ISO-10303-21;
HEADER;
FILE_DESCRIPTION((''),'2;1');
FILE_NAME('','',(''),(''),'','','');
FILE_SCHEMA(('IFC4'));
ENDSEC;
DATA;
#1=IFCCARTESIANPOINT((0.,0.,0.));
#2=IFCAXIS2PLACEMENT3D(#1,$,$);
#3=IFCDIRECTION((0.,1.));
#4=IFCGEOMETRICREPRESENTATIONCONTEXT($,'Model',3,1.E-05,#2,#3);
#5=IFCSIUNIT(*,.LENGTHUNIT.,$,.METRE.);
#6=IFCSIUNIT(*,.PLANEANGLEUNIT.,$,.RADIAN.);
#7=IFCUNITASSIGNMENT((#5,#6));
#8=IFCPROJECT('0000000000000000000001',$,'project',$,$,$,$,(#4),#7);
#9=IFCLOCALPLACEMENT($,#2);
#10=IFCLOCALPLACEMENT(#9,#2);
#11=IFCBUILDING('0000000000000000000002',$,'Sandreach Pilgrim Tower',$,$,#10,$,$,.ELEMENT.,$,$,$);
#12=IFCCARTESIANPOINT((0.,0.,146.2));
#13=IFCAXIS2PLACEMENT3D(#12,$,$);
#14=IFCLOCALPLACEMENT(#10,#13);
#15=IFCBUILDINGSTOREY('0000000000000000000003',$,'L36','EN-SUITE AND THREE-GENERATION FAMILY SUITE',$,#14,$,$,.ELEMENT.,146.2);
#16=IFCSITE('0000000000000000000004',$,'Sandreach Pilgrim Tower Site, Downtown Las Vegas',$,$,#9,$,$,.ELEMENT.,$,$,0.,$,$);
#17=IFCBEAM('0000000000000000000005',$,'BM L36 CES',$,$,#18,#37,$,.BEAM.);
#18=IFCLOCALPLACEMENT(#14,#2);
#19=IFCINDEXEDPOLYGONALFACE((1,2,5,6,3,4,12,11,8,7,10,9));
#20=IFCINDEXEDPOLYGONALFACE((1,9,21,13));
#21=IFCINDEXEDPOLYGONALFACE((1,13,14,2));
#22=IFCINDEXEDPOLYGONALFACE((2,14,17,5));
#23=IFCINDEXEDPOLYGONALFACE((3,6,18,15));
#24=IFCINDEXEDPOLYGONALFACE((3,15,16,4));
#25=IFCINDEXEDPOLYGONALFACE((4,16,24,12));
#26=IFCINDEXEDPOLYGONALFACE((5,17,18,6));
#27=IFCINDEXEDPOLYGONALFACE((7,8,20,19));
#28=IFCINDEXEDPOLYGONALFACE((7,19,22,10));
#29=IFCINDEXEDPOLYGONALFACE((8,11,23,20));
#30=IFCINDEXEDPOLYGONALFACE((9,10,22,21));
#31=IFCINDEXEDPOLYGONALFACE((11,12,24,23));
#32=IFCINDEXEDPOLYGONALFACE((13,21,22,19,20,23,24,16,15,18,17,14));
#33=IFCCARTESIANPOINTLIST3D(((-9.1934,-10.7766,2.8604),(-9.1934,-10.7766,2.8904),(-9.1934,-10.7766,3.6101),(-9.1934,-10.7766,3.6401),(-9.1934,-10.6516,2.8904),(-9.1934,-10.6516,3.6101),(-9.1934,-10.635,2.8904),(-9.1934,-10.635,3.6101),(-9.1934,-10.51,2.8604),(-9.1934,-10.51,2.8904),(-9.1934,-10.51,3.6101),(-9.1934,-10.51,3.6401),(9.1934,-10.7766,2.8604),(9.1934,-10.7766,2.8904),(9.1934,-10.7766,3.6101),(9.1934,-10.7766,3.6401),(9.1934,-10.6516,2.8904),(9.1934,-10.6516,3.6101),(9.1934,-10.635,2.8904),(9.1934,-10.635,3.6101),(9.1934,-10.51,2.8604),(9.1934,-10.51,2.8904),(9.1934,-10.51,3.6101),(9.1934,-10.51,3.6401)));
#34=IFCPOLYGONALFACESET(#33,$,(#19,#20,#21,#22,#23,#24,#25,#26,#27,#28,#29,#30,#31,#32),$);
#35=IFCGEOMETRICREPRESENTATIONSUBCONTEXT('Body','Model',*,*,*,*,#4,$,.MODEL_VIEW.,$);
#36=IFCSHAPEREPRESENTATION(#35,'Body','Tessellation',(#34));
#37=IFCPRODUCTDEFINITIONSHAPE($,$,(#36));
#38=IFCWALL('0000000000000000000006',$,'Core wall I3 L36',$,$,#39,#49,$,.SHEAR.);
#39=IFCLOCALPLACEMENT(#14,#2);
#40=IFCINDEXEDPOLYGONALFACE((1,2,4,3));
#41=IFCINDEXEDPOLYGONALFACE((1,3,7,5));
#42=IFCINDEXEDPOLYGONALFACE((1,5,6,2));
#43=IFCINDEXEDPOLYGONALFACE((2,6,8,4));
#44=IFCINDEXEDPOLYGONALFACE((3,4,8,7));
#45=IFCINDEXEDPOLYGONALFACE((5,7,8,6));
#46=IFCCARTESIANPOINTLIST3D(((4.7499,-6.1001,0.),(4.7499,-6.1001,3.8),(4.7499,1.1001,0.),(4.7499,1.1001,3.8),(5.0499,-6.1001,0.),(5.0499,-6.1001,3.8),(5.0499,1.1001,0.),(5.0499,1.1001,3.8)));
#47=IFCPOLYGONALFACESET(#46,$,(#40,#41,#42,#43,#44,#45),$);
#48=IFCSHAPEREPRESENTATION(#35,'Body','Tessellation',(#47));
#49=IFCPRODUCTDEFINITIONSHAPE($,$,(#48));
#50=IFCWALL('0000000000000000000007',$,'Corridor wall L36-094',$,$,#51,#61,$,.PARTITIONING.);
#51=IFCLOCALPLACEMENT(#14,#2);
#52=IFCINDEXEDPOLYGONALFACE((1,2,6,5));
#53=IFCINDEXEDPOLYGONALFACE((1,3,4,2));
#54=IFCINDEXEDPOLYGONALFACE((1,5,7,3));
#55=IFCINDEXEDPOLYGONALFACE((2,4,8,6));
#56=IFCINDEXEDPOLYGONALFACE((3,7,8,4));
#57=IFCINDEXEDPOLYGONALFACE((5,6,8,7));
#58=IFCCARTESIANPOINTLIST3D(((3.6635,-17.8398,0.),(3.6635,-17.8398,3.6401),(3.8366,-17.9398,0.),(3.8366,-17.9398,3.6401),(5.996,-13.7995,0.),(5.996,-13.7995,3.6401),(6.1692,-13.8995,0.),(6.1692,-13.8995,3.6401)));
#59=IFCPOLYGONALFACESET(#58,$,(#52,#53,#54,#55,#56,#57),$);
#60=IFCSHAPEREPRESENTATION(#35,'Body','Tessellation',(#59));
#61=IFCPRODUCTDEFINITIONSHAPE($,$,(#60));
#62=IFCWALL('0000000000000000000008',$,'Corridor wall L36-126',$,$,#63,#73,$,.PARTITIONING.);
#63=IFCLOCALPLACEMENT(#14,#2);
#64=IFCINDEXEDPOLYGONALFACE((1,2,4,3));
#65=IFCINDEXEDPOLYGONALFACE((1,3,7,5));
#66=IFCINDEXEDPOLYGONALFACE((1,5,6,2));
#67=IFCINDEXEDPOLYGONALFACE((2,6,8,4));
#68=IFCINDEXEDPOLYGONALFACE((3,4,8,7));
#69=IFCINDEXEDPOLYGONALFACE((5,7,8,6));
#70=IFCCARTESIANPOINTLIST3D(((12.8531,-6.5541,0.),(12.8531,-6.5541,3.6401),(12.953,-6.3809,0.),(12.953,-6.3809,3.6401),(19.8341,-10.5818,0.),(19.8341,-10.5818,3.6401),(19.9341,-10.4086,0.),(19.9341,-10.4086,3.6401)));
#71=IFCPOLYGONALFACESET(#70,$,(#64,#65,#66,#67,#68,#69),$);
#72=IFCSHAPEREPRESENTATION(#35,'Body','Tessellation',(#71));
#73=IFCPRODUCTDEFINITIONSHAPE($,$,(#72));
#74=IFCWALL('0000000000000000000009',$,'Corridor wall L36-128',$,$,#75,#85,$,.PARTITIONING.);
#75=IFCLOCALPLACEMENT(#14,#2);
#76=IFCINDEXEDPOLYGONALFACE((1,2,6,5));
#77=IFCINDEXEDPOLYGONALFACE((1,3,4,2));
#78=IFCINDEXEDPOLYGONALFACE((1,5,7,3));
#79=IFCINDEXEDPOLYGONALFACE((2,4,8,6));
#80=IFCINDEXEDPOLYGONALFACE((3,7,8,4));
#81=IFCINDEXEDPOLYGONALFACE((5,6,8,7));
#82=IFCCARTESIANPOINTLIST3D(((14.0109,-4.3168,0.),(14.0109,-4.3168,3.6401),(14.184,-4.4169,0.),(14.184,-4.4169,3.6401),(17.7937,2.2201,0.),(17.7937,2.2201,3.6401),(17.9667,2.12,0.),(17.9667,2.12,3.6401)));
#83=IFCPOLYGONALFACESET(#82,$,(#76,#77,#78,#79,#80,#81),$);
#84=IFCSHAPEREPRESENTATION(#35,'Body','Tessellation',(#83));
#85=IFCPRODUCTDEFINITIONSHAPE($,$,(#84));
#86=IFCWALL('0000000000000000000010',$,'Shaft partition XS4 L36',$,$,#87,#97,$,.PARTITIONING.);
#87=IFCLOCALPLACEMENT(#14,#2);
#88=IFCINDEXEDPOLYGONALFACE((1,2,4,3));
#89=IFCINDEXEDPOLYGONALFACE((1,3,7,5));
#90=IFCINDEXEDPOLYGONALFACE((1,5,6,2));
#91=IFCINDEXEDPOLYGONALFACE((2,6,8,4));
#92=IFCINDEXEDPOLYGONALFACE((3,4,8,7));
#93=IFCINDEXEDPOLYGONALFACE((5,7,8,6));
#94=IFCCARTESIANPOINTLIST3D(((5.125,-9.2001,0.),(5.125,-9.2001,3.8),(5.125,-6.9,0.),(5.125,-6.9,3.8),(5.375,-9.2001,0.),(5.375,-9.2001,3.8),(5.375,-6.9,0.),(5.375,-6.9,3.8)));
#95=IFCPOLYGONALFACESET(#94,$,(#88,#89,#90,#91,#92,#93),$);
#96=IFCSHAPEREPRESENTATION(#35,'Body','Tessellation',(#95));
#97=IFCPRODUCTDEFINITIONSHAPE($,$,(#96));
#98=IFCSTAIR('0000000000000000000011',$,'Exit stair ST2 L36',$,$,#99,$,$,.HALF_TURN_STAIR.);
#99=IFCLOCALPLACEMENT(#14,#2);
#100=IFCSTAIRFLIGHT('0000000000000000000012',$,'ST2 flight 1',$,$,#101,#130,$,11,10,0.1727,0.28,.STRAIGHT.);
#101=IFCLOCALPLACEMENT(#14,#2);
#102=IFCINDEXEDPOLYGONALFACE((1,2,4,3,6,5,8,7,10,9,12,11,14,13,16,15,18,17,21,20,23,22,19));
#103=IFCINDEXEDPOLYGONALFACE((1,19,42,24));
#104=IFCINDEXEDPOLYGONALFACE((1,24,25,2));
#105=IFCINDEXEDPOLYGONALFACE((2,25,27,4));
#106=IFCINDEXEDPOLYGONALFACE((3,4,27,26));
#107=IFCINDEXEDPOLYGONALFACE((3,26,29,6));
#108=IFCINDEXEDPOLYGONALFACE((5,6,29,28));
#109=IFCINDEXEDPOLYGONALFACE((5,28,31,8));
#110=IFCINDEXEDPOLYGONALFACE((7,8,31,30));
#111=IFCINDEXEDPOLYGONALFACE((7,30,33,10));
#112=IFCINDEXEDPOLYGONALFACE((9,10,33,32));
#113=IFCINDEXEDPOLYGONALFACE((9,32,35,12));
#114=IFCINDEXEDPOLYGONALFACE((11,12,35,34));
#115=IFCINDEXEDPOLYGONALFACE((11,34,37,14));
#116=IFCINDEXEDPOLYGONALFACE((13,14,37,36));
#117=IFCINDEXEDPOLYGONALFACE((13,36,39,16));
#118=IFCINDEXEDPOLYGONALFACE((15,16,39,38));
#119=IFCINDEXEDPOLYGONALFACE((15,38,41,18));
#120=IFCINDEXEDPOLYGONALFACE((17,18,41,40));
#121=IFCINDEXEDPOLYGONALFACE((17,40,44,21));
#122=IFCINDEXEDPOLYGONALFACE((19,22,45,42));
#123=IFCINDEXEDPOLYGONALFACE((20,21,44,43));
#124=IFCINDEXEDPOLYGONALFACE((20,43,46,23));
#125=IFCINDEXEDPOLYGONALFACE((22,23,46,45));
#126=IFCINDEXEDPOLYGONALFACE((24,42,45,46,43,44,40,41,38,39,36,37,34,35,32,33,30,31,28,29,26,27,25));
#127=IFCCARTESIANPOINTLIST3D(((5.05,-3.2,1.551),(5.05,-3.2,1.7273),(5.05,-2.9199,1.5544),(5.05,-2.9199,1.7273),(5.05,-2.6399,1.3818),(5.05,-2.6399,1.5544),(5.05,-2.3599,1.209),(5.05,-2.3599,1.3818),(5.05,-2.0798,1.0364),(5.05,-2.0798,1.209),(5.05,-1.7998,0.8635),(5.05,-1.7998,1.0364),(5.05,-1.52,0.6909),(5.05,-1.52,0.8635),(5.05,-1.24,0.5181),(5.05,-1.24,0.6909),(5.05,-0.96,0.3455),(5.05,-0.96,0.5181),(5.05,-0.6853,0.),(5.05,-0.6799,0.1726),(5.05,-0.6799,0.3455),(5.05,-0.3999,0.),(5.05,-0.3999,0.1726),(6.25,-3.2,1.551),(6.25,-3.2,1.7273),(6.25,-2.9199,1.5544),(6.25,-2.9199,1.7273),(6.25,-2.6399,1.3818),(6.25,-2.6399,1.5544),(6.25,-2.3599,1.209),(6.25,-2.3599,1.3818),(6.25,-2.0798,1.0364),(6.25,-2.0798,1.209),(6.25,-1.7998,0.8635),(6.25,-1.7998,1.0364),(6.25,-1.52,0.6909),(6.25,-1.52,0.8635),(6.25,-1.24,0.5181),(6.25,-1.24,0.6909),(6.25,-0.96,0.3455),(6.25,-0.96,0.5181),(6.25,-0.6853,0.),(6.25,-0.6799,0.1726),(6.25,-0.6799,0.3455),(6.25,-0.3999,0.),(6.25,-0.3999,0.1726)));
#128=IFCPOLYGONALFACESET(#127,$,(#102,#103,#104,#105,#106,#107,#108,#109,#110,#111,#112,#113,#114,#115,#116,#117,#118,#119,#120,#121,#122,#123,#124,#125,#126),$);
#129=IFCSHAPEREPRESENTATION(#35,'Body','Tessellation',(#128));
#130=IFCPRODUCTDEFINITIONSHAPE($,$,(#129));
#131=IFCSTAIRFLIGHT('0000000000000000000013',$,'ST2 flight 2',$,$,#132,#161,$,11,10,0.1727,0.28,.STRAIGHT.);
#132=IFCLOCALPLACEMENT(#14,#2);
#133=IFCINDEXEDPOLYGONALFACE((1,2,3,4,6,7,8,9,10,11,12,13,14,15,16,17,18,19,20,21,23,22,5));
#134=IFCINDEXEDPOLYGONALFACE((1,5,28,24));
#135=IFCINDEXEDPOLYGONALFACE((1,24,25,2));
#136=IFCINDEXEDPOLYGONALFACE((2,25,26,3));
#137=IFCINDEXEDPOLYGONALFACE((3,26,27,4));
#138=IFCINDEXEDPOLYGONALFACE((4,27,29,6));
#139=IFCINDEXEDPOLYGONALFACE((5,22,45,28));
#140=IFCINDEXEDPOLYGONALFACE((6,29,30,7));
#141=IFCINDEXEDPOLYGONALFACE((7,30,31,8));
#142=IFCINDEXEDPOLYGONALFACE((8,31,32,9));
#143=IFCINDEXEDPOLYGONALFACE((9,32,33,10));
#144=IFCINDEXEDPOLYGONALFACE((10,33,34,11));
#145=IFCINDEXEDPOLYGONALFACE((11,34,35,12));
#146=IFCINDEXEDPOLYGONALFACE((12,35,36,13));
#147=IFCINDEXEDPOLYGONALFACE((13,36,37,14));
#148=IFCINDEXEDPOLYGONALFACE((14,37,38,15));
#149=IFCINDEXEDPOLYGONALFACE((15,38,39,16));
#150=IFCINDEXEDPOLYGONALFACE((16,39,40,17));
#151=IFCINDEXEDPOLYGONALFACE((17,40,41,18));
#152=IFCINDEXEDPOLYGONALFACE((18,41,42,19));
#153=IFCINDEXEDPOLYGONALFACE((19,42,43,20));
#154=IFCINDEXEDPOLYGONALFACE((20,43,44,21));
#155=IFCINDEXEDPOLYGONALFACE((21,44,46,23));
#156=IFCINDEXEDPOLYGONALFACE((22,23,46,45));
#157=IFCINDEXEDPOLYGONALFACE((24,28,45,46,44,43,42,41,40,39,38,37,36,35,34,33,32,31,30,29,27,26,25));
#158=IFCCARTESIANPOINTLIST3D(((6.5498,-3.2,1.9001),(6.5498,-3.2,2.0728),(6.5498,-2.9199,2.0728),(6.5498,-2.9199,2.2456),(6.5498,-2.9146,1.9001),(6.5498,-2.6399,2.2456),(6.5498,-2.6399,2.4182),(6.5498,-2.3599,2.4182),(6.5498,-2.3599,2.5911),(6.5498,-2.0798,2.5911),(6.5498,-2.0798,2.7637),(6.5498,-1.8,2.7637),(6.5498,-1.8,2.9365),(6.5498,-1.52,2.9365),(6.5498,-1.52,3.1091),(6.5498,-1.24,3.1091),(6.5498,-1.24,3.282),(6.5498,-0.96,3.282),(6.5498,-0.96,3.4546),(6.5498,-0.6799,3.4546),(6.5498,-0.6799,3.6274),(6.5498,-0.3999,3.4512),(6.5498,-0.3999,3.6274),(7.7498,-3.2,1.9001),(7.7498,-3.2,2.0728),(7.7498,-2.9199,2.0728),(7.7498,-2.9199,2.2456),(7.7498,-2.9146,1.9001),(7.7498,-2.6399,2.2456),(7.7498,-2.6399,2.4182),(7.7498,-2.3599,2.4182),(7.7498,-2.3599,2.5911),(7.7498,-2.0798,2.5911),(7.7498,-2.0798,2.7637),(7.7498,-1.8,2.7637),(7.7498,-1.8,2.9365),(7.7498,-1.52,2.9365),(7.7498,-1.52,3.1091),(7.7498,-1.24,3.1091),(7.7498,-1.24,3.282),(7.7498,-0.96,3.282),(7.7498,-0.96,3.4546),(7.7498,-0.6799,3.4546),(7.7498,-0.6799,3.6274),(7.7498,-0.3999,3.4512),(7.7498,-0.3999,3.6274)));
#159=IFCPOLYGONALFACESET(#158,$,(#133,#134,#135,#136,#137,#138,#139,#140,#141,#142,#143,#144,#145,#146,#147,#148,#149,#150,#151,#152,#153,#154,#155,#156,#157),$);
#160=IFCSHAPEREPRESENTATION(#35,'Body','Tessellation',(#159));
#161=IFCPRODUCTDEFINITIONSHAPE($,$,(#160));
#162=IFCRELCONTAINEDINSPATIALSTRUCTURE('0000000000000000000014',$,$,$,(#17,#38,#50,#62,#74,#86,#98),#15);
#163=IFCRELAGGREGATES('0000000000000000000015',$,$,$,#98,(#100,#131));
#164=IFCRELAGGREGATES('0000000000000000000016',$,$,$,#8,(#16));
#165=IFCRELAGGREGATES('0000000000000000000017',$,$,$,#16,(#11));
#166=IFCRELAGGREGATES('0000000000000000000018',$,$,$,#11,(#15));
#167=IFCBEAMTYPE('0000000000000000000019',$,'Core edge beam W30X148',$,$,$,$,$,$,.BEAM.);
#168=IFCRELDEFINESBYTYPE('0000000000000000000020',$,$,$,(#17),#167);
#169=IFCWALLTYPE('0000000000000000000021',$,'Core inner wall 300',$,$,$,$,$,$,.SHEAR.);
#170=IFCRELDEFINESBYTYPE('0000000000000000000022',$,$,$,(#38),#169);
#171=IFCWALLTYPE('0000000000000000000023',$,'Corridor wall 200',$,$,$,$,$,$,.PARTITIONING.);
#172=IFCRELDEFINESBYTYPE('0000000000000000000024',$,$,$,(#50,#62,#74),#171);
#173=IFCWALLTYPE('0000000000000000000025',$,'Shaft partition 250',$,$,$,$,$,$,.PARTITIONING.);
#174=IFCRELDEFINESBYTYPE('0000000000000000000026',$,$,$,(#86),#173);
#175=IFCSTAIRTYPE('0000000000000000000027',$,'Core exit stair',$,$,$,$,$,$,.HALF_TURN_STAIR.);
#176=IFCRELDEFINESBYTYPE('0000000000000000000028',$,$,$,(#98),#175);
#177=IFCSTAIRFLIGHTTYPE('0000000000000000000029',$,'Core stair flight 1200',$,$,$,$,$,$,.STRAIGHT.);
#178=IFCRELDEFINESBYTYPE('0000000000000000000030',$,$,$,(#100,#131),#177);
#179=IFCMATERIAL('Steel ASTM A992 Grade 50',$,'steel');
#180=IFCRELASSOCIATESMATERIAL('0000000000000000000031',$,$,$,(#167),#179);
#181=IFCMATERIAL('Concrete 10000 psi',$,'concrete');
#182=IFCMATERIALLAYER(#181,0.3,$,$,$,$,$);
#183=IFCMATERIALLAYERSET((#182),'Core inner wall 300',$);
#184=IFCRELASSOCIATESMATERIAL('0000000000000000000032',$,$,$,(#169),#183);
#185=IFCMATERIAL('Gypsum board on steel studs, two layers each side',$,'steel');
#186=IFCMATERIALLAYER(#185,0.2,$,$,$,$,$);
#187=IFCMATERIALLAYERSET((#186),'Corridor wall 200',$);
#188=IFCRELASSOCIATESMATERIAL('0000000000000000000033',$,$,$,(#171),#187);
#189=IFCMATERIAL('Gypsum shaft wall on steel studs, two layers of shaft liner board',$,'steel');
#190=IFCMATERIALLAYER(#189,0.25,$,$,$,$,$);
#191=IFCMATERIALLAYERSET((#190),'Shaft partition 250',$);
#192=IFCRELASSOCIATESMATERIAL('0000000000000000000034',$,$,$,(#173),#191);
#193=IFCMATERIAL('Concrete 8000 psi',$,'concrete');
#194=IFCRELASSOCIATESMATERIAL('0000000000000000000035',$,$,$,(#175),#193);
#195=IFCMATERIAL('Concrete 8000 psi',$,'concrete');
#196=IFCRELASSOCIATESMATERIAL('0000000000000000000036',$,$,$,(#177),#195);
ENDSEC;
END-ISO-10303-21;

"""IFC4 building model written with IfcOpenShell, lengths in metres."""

from ifc_helpers import new_model, si_unit, direction, frame, frame_2d, origin, origin_2d, place, context, subcontext, project, spatial, polyline, rectangle, i_section, outline, extrude, material, layer, layer_set, material_profile, profile_set, type_object, element, aggregate, save


model = new_model("IFC4")

# Units and contexts
model_context = context("Model", 3, precision=1e-05, world=origin(), true_north=direction((0.0, 1.0)))
body_context = subcontext(model_context, "Body", "Model", "MODEL_VIEW")
ifc_project = project(units=[si_unit("LENGTHUNIT", "METRE"), si_unit("PLANEANGLEUNIT", "RADIAN")], contexts=[model_context])

# Site, building, storey
site_placement = place(None, origin())
site = spatial("IfcSite", under=ifc_project, at=site_placement, Name="Sandreach Pilgrim Tower Site, Downtown Las Vegas", CompositionType="ELEMENT", RefElevation=0.0)
building_placement = place(site_placement, origin())
building = spatial("IfcBuilding", under=site, at=building_placement, Name="Sandreach Pilgrim Tower", CompositionType="ELEMENT")
storey_placement = place(building_placement, frame((0.0, 0.0, 146.2)))
storey = spatial("IfcBuildingStorey", under=building, at=storey_placement, Name="L36", Description="EN-SUITE AND THREE-GENERATION FAMILY SUITE", CompositionType="ELEMENT", Elevation=146.2)

# Beam
ifc_material_1 = material(Name="Steel ASTM A992 Grade 50", Category="steel")
ifc_material_profile = material_profile(ifc_material_1, i_section(OverallWidth=0.2666, OverallDepth=0.7798, WebThickness=0.0166, FlangeThickness=0.03, at=origin_2d()), Name="W30X148")
ifc_profile_set = profile_set([ifc_material_profile], Name="Steel ASTM A992 Grade 50")
beam_type = type_object("IfcBeamType", Name="Core edge beam W30X148", PredefinedType="BEAM", material=ifc_profile_set)
beam_placement = place(storey_placement, frame((9.1934, -10.6433, 3.2502), z_axis=(-1.0, 0.0, 0.0), x_axis=(0.0, -1.0, 0.0)))
element("IfcBeam", 1, at=beam_placement, inside=storey, type_object=beam_type, Name="BM L36 CES", PredefinedType="BEAM", context=body_context, shape_type="SweptSolid", body=[
    extrude(i_section(OverallWidth=0.2666, OverallDepth=0.7798, WebThickness=0.0166, FlangeThickness=0.03, at=origin_2d()), origin(), (0.0, 0.0, 1.0), 18.3867),
])

# Wall
ifc_material_2 = material(Name="Concrete 10000 psi", Category="concrete")
ifc_layer_1 = layer(ifc_material_2, 0.3)
ifc_layer_set_1 = layer_set([ifc_layer_1], Name="Core inner wall 300")
wall_type_1 = type_object("IfcWallType", Name="Core inner wall 300", PredefinedType="SHEAR", material=ifc_layer_set_1)
wall_1_placement = place(storey_placement, frame((4.8999, -6.1001, 0.0), z_axis=(0.0, 0.0, 1.0), x_axis=(0.0, 1.0, 0.0)))
element("IfcWall", 2, at=wall_1_placement, inside=storey, type_object=wall_type_1, Name="Core wall I3 L36", PredefinedType="SHEAR", context=body_context, shape_type="SweptSolid", body=[
    extrude(rectangle(XDim=7.2002, YDim=0.3, at=frame_2d((3.6001, 0.0))), origin(), (0.0, 0.0, 1.0), 3.8),
])

# Wall
ifc_material_3 = material(Name="Gypsum board on steel studs, two layers each side", Category="steel")
ifc_layer_2 = layer(ifc_material_3, 0.2)
ifc_layer_set_2 = layer_set([ifc_layer_2], Name="Corridor wall 200")
wall_type_2 = type_object("IfcWallType", Name="Corridor wall 200", PredefinedType="PARTITIONING", material=ifc_layer_set_2)
wall_2_placement = place(storey_placement, frame((6.0825, -13.8496, 0.0), z_axis=(0.0, 0.0, 1.0), x_axis=(-0.499978, -0.866038, 0.0)))
element("IfcWall", 3, at=wall_2_placement, inside=storey, type_object=wall_type_2, Name="Corridor wall L36-094", PredefinedType="PARTITIONING", context=body_context, shape_type="SweptSolid", body=[
    extrude(rectangle(XDim=4.6653, YDim=0.2, at=frame_2d((2.3325, 0.0))), origin(), (0.0, 0.0, 1.0), 3.6401),
])

# Walls
wall_3_placement = place(storey_placement, frame((12.9031, -6.4675, 0.0), z_axis=(0.0, 0.0, 1.0), x_axis=(0.86618, -0.499733, 0.0)))
element("IfcWall", 4, at=wall_3_placement, inside=storey, type_object=wall_type_2, Name="Corridor wall L36-126", PredefinedType="PARTITIONING", context=body_context, shape_type="SweptSolid", body=[
    extrude(rectangle(XDim=8.0596, YDim=0.2, at=frame_2d((4.0298, 0.0))), origin(), (0.0, 0.0, 1.0), 3.6401),
])
wall_4_placement = place(storey_placement, frame((14.0974, -4.3669, 0.0), z_axis=(0.0, 0.0, 1.0), x_axis=(0.500859, 0.865529, 0.0)))
element("IfcWall", 5, at=wall_4_placement, inside=storey, type_object=wall_type_2, Name="Corridor wall L36-128", PredefinedType="PARTITIONING", context=body_context, shape_type="SweptSolid", body=[
    extrude(rectangle(XDim=7.5525, YDim=0.2, at=frame_2d((3.7764, 0.0))), origin(), (0.0, 0.0, 1.0), 3.6401),
])
ifc_material_4 = material(Name="Gypsum shaft wall on steel studs, two layers of shaft liner board", Category="steel")
ifc_layer_3 = layer(ifc_material_4, 0.25)
ifc_layer_set_3 = layer_set([ifc_layer_3], Name="Shaft partition 250")
wall_type_3 = type_object("IfcWallType", Name="Shaft partition 250", PredefinedType="PARTITIONING", material=ifc_layer_set_3)
wall_5_placement = place(storey_placement, frame((5.25, -9.2, 0.0), z_axis=(0.0, 0.0, 1.0), x_axis=(0.0, 1.0, 0.0)))
element("IfcWall", 6, at=wall_5_placement, inside=storey, type_object=wall_type_3, Name="Shaft partition XS4 L36", PredefinedType="PARTITIONING", context=body_context, shape_type="SweptSolid", body=[
    extrude(rectangle(XDim=2.3, YDim=0.25, at=frame_2d((1.1499, 0.0))), origin(), (0.0, 0.0, 1.0), 3.8),
])

# Stair, stair flights
ifc_material_5 = material(Name="Concrete 8000 psi", Category="concrete")
stair_type = type_object("IfcStairType", Name="Core exit stair", PredefinedType="HALF_TURN_STAIR", material=ifc_material_5)
stair_placement = place(storey_placement, origin())
stair = element("IfcStair", 7, at=stair_placement, inside=storey, type_object=stair_type, Name="Exit stair ST2 L36", PredefinedType="HALF_TURN_STAIR")
ifc_material_6 = material(Name="Concrete 8000 psi", Category="concrete")
stair_flight_type = type_object("IfcStairFlightType", Name="Core stair flight 1200", PredefinedType="STRAIGHT", material=ifc_material_6)
stair_flight_1_placement = place(storey_placement, frame((5.6499, -0.3999, 0.0), z_axis=(0.0, 0.0, 1.0), x_axis=(0.0, -1.0, 0.0)))
stair_flight_1 = element("IfcStairFlight", 8, at=stair_flight_1_placement, type_object=stair_flight_type, Name="ST2 flight 1", NumberOfRisers=11, NumberOfTreads=10, PredefinedType="STRAIGHT", RiserHeight=0.1727, TreadLength=0.28, context=body_context, shape_type="SweptSolid", body=[
    extrude(outline(polyline([(0.0, 0.0), (0.0, 0.1726), (0.28, 0.1726), (0.28, 0.3455), (0.5601, 0.3455), (0.5601, 0.5181), (0.8401, 0.5181), (0.8401, 0.6909), (1.1201, 0.6909), (1.1201, 0.8635), (1.3999, 0.8635), (1.3999, 1.0364), (1.6799, 1.0364), (1.6799, 1.209), (1.96, 1.209), (1.96, 1.3818), (2.24, 1.3818), (2.24, 1.5544), (2.52, 1.5544), (2.52, 1.7273), (2.8, 1.7273), (2.8, 1.8999), (2.8, 1.551), (0.2854, 0.0), (0.0, 0.0)])), frame((0.0, 0.6001, 0.0), z_axis=(0.0, -1.0, 0.0), x_axis=(1.0, 0.0, 0.0)), (0.0, 0.0, 1.0), 1.2),
])
stair_flight_2_placement = place(storey_placement, frame((7.1499, -3.2, 1.9001), z_axis=(0.0, 0.0, 1.0), x_axis=(0.0, 1.0, 0.0)))
stair_flight_2 = element("IfcStairFlight", 9, at=stair_flight_2_placement, type_object=stair_flight_type, Name="ST2 flight 2", NumberOfRisers=11, NumberOfTreads=10, PredefinedType="STRAIGHT", RiserHeight=0.1727, TreadLength=0.28, context=body_context, shape_type="SweptSolid", body=[
    extrude(outline(polyline([(0.0, 0.0), (0.0, 0.1726), (0.28, 0.1726), (0.28, 0.3455), (0.5601, 0.3455), (0.5601, 0.5181), (0.8401, 0.5181), (0.8401, 0.6909), (1.1201, 0.6909), (1.1201, 0.8635), (1.3999, 0.8635), (1.3999, 1.0364), (1.6799, 1.0364), (1.6799, 1.209), (1.96, 1.209), (1.96, 1.3818), (2.24, 1.3818), (2.24, 1.5544), (2.52, 1.5544), (2.52, 1.7273), (2.8, 1.7273), (2.8, 1.8999), (2.8, 1.551), (0.2854, 0.0), (0.0, 0.0)])), frame((0.0, 0.6001, 0.0), z_axis=(0.0, -1.0, 0.0), x_axis=(1.0, 0.0, 0.0)), (0.0, 0.0, 1.0), 1.2),
])
aggregate(stair, [stair_flight_1, stair_flight_2])

save(model, "model.ifc")
